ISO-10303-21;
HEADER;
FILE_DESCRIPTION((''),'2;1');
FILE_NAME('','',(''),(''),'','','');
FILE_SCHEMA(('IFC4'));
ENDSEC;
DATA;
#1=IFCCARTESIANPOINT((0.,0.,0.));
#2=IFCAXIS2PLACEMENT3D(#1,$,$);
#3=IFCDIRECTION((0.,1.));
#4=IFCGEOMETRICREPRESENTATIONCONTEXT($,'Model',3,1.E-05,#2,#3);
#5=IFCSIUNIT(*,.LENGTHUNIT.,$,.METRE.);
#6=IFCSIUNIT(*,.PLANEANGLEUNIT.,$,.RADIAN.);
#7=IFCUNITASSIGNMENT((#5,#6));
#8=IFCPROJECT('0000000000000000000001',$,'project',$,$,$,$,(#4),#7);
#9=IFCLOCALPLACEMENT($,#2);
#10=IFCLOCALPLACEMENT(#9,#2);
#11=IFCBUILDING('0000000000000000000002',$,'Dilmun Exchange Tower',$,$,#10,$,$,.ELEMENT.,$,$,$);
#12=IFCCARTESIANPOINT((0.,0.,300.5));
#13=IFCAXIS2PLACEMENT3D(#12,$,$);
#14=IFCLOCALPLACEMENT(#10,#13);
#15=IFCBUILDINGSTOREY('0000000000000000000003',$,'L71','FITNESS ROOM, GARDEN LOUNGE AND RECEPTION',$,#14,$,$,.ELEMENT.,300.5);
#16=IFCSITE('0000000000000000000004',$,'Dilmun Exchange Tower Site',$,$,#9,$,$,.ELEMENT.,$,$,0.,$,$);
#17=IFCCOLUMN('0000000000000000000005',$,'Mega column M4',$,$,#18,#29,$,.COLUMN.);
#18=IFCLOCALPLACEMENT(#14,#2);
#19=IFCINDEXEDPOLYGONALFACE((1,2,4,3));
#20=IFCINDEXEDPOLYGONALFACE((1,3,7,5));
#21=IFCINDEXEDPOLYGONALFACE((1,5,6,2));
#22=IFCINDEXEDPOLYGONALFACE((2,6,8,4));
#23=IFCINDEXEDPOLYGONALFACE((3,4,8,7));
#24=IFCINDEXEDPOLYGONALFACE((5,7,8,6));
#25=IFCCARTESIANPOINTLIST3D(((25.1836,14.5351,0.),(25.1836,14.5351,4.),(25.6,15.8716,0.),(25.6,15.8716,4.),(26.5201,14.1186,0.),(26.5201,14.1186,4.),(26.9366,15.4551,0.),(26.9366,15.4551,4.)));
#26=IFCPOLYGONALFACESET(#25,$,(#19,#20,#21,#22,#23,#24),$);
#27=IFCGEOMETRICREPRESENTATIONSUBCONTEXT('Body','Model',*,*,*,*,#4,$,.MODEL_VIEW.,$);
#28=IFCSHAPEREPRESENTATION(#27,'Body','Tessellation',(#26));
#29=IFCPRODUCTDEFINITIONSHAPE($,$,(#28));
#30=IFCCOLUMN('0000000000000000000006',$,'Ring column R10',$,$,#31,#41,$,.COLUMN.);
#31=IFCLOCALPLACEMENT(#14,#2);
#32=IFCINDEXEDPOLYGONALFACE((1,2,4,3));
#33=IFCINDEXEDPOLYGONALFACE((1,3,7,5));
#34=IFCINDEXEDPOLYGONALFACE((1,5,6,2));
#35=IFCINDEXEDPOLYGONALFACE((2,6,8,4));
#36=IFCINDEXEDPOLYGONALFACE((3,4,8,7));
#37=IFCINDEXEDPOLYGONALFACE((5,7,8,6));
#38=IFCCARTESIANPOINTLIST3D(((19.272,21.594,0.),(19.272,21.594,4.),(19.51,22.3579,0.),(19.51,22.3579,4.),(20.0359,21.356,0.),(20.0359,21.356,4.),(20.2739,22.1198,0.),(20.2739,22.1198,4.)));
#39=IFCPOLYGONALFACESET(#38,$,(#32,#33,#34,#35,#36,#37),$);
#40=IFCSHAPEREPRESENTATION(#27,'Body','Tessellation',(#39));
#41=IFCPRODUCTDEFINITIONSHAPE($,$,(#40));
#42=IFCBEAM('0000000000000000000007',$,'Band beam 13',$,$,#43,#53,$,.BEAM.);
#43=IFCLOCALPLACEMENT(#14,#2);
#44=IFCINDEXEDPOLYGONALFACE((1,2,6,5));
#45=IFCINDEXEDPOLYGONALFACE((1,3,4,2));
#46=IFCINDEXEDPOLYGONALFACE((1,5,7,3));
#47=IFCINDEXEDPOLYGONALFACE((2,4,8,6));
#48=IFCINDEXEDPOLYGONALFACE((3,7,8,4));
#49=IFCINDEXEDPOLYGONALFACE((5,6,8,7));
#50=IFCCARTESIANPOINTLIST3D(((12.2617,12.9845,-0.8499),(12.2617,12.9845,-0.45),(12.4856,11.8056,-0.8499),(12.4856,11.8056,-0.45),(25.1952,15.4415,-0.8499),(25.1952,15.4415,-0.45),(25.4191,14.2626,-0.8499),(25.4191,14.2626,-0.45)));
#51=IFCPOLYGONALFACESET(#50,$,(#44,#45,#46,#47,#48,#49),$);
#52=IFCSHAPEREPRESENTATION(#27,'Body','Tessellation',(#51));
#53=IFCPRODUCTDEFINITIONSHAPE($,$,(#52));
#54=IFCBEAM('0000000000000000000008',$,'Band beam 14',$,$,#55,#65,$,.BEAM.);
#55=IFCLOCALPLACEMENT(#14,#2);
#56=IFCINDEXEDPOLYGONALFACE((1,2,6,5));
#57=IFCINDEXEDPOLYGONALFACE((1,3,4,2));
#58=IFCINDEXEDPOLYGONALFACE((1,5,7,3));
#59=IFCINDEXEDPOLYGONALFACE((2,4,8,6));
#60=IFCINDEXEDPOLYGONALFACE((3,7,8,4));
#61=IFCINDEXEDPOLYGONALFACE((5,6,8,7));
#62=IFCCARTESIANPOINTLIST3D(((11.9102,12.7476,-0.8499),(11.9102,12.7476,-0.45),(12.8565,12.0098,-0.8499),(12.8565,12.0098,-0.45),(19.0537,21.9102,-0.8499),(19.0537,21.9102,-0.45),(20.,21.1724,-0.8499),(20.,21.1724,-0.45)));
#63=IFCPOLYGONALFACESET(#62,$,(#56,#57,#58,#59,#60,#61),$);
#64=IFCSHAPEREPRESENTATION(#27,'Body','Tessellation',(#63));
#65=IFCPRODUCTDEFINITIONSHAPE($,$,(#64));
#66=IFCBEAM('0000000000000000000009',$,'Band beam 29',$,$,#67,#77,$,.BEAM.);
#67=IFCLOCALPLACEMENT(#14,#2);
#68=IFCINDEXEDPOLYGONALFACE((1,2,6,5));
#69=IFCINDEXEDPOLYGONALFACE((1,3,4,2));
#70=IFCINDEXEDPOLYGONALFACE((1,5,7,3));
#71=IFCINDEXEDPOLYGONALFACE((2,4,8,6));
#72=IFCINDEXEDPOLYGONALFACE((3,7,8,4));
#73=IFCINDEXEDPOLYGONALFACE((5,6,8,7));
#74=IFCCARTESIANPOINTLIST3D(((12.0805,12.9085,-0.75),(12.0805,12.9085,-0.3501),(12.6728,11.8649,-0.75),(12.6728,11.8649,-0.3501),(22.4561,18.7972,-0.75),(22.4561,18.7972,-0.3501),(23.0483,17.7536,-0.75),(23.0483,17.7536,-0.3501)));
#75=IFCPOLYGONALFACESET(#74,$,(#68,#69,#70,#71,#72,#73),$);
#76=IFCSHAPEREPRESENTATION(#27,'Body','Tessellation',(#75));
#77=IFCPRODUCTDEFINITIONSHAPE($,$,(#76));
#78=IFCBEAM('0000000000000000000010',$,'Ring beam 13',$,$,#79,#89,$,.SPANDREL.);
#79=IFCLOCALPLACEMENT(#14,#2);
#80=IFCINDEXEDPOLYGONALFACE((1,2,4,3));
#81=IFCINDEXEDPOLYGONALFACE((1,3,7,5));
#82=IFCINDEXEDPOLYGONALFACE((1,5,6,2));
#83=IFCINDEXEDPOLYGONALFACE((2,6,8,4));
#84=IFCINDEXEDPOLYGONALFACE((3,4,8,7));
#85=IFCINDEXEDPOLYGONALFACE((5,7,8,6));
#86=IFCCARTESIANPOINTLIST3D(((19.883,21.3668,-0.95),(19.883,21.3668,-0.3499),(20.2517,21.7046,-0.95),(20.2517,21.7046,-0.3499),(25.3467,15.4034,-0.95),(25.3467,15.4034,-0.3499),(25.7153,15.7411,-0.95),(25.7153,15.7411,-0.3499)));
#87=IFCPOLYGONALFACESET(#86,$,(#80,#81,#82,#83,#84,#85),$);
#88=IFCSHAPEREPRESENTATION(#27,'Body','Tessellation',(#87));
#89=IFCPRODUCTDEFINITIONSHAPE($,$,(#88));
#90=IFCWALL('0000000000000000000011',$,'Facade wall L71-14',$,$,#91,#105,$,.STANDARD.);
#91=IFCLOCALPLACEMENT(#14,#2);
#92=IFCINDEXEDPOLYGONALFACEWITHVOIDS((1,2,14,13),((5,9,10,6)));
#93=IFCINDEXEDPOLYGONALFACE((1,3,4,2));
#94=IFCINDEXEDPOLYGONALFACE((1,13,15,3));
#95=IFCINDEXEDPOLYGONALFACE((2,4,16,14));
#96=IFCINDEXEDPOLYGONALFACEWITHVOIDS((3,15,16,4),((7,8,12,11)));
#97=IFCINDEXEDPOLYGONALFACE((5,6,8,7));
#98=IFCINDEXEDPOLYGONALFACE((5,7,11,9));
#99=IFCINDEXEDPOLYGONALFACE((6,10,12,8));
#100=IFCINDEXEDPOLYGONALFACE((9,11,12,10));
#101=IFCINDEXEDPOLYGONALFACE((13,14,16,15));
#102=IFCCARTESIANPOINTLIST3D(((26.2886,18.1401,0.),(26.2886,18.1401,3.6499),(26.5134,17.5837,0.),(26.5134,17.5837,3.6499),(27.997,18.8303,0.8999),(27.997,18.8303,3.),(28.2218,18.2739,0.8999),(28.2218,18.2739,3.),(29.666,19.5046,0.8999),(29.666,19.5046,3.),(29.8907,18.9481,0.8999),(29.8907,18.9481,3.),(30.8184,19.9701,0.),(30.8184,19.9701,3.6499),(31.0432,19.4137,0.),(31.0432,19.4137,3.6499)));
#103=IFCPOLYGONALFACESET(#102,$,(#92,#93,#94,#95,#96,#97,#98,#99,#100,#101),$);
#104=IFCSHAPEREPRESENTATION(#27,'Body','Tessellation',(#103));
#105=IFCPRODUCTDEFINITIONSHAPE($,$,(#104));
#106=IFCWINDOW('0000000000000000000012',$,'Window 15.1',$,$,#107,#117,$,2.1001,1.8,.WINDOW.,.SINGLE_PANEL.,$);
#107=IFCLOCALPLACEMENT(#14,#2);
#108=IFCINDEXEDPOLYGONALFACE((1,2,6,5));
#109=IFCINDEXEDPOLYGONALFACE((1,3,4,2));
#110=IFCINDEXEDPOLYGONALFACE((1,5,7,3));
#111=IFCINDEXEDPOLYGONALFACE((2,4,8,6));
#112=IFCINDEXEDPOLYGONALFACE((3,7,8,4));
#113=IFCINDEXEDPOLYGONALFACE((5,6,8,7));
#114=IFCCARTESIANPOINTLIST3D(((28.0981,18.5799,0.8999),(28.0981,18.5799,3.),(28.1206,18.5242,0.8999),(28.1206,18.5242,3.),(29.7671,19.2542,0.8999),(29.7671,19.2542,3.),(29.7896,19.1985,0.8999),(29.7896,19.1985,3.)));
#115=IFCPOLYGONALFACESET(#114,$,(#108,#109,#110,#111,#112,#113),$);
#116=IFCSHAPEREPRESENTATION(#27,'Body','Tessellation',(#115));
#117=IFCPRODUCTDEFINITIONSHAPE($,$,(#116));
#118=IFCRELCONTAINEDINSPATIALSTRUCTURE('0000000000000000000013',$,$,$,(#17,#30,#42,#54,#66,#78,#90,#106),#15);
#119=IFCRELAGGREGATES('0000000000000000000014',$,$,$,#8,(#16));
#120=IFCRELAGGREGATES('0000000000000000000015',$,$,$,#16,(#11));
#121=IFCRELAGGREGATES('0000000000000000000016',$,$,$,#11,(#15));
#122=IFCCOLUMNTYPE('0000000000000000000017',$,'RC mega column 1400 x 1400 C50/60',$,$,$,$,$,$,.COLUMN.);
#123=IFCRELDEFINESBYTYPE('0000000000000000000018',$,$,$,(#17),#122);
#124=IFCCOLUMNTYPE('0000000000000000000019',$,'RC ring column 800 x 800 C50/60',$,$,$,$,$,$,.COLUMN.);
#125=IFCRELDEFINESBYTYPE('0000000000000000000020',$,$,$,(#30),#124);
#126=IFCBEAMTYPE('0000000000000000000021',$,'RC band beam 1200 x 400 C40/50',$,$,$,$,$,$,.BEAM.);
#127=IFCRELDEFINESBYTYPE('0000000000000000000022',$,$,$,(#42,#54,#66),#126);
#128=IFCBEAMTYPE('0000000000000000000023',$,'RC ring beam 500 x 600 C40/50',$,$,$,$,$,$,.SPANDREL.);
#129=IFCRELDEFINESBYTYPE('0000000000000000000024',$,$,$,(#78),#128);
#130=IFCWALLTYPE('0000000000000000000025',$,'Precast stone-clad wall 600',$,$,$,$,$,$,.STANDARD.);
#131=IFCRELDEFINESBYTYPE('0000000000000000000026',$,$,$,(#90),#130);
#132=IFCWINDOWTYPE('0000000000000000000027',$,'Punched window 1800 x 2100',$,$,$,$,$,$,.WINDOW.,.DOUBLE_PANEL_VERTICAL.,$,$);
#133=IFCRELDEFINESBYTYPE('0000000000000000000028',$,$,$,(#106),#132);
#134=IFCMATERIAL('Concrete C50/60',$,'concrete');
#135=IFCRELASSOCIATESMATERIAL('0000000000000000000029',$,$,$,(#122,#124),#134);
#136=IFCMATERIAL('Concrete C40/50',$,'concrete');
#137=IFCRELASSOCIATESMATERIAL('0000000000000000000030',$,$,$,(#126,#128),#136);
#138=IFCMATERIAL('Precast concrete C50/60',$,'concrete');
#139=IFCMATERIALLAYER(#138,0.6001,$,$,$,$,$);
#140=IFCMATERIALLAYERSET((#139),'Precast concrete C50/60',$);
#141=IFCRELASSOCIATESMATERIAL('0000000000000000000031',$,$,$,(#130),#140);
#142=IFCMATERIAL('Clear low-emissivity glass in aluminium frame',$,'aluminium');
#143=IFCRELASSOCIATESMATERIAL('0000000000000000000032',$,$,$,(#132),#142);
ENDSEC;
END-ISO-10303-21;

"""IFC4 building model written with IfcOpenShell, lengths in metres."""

from ifc_helpers import new_model, si_unit, direction, frame, frame_2d, origin, origin_2d, place, context, subcontext, project, spatial, rectangle, extrude, material, layer, layer_set, material_profile, profile_set, type_object, element, fill, save


model = new_model("IFC4")

# Units and contexts
model_context = context("Model", 3, precision=1e-05, world=origin(), true_north=direction((0.0, 1.0)))
body_context = subcontext(model_context, "Body", "Model", "MODEL_VIEW")
ifc_project = project(units=[si_unit("LENGTHUNIT", "METRE"), si_unit("PLANEANGLEUNIT", "RADIAN")], contexts=[model_context])

# Site, building, storey
site_placement = place(None, origin())
site = spatial("IfcSite", under=ifc_project, at=site_placement, Name="Dilmun Exchange Tower Site", CompositionType="ELEMENT", RefElevation=0.0)
building_placement = place(site_placement, origin())
building = spatial("IfcBuilding", under=site, at=building_placement, Name="Dilmun Exchange Tower", CompositionType="ELEMENT")
storey_placement = place(building_placement, frame((0.0, 0.0, 300.5)))
storey = spatial("IfcBuildingStorey", under=building, at=storey_placement, Name="L71", Description="FITNESS ROOM, GARDEN LOUNGE AND RECEPTION", CompositionType="ELEMENT", Elevation=300.5)

# Columns
ifc_material_1 = material(Name="Concrete C50/60", Category="concrete")
ifc_material_profile_1 = material_profile(ifc_material_1, rectangle(XDim=1.3999, YDim=1.3999, at=origin_2d()), Name="1400 x 1400")
ifc_profile_set_1 = profile_set([ifc_material_profile_1], Name="Concrete C50/60")
column_type_1 = type_object("IfcColumnType", Name="RC mega column 1400 x 1400 C50/60", PredefinedType="COLUMN", material=ifc_profile_set_1)
column_1_placement = place(storey_placement, frame((26.0601, 14.9951, 0.0), z_axis=(0.0, 0.0, 1.0), x_axis=(0.297503, 0.954721, 0.0)))
element("IfcColumn", 1, at=column_1_placement, inside=storey, type_object=column_type_1, Name="Mega column M4", PredefinedType="COLUMN", context=body_context, shape_type="SweptSolid", body=[
    extrude(rectangle(XDim=1.3999, YDim=1.3999, at=origin_2d()), origin(), (0.0, 0.0, 1.0), 4.0),
])
ifc_material_profile_2 = material_profile(ifc_material_1, rectangle(XDim=0.8, YDim=0.8, at=origin_2d()), Name="800 x 800")
ifc_profile_set_2 = profile_set([ifc_material_profile_2], Name="Concrete C50/60")
column_type_2 = type_object("IfcColumnType", Name="RC ring column 800 x 800 C50/60", PredefinedType="COLUMN", material=ifc_profile_set_2)
column_2_placement = place(storey_placement, frame((19.7729, 21.8569, 0.0), z_axis=(0.0, 0.0, 1.0), x_axis=(0.297503, 0.954721, 0.0)))
element("IfcColumn", 2, at=column_2_placement, inside=storey, type_object=column_type_2, Name="Ring column R10", PredefinedType="COLUMN", context=body_context, shape_type="SweptSolid", body=[
    extrude(rectangle(XDim=0.8, YDim=0.8, at=origin_2d()), origin(), (0.0, 0.0, 1.0), 4.0),
])

# Beams
ifc_material_2 = material(Name="Concrete C40/50", Category="concrete")
ifc_material_profile_3 = material_profile(ifc_material_2, rectangle(XDim=1.2, YDim=0.3999, at=origin_2d()), Name="1200 x 400")
ifc_profile_set_3 = profile_set([ifc_material_profile_3], Name="Concrete C40/50")
beam_type_1 = type_object("IfcBeamType", Name="RC band beam 1200 x 400 C40/50", PredefinedType="BEAM", material=ifc_profile_set_3)
beam_1_placement = place(storey_placement, frame((25.3071, 14.8521, -0.6499), z_axis=(-0.982429, -0.186635, 0.0), x_axis=(0.186635, -0.982429, 0.0)))
element("IfcBeam", 3, at=beam_1_placement, inside=storey, type_object=beam_type_1, Name="Band beam 13", PredefinedType="BEAM", context=body_context, shape_type="SweptSolid", body=[
    extrude(rectangle(XDim=1.2, YDim=0.3999, at=origin_2d()), origin(), (0.0, 0.0, 1.0), 13.1648),
])
beam_2_placement = place(storey_placement, frame((19.5269, 21.5413, -0.6499), z_axis=(-0.614857, -0.788639, 0.0), x_axis=(0.788639, -0.614857, 0.0)))
element("IfcBeam", 4, at=beam_2_placement, inside=storey, type_object=beam_type_1, Name="Band beam 14", PredefinedType="BEAM", context=body_context, shape_type="SweptSolid", body=[
    extrude(rectangle(XDim=1.2, YDim=0.3999, at=origin_2d()), origin(), (0.0, 0.0, 1.0), 11.6182),
])
beam_3_placement = place(storey_placement, frame((22.7522, 18.2754, -0.55), z_axis=(-0.86969, -0.493598, 0.0), x_axis=(0.493598, -0.86969, 0.0)))
element("IfcBeam", 5, at=beam_3_placement, inside=storey, type_object=beam_type_1, Name="Band beam 29", PredefinedType="BEAM", context=body_context, shape_type="SweptSolid", body=[
    extrude(rectangle(XDim=1.2, YDim=0.3999, at=origin_2d()), origin(), (0.0, 0.0, 1.0), 11.9302),
])
ifc_material_profile_4 = material_profile(ifc_material_2, rectangle(XDim=0.5, YDim=0.6001, at=origin_2d()), Name="500 x 600")
ifc_profile_set_4 = profile_set([ifc_material_profile_4], Name="Concrete C40/50")
beam_type_2 = type_object("IfcBeamType", Name="RC ring beam 500 x 600 C40/50", PredefinedType="SPANDREL", material=ifc_profile_set_4)
beam_4_placement = place(storey_placement, frame((25.531, 15.5723, -0.6499), z_axis=(-0.675536, 0.737327, 0.0), x_axis=(-0.737327, -0.675536, 0.0)))
element("IfcBeam", 6, at=beam_4_placement, inside=storey, type_object=beam_type_2, Name="Ring beam 13", PredefinedType="SPANDREL", context=body_context, shape_type="SweptSolid", body=[
    extrude(rectangle(XDim=0.5, YDim=0.6001, at=origin_2d()), origin(), (0.0, 0.0, 1.0), 8.0879),
])

# Wall, opening, window
ifc_material_3 = material(Name="Precast concrete C50/60", Category="concrete")
ifc_layer = layer(ifc_material_3, 0.6001)
ifc_layer_set = layer_set([ifc_layer], Name="Precast concrete C50/60")
wall_type = type_object("IfcWallType", Name="Precast stone-clad wall 600", PredefinedType="STANDARD", material=ifc_layer_set)
wall_1_placement = place(storey_placement, frame((26.4009, 17.8618, 0.0), z_axis=(0.0, 0.0, 1.0), x_axis=(0.927189, 0.374594, 0.0)))
wall_1 = element("IfcWall", 7, at=wall_1_placement, inside=storey, type_object=wall_type, Name="Facade wall L71-14", PredefinedType="STANDARD", context=body_context, shape_type="SweptSolid", body=[
    extrude(rectangle(XDim=4.8855, YDim=0.6001, at=frame_2d((2.4429, 0.0))), origin(), (0.0, 0.0, 1.0), 3.6499),
])
opening_1_placement = place(wall_1_placement, frame((1.8428, 0.0, 0.8999)))
opening_1 = element("IfcOpeningElement", 8, at=opening_1_placement, cuts=wall_1, PredefinedType="OPENING", context=body_context, shape_type="SweptSolid", body=[
    extrude(rectangle(XDim=1.8, YDim=2.1001, at=frame_2d((0.8999, 1.05))), frame((0.0, 0.3101, 0.0), z_axis=(0.0, -1.0, 0.0), x_axis=(1.0, 0.0, 0.0)), (0.0, 0.0, 1.0), 0.6201),
])
ifc_material_4 = material(Name="Clear low-emissivity glass in aluminium frame", Category="aluminium")
window_type_1 = type_object("IfcWindowType", Name="Punched window 1800 x 2100", PartitioningType="DOUBLE_PANEL_VERTICAL", PredefinedType="WINDOW", material=ifc_material_4)
window_1_placement = place(opening_1_placement, origin())
window_1 = element("IfcWindow", 9, at=window_1_placement, inside=storey, type_object=window_type_1, Name="Window 15.1", OverallHeight=2.1001, OverallWidth=1.8, PartitioningType="SINGLE_PANEL", PredefinedType="WINDOW", context=body_context, shape_type="SweptSolid", body=[
    extrude(rectangle(XDim=1.8, YDim=2.1001, at=frame_2d((0.8999, 1.05))), frame((0.0, 0.03, 0.0), z_axis=(0.0, -1.0, 0.0), x_axis=(1.0, 0.0, 0.0)), (0.0, 0.0, 1.0), 0.0601),
])
fill(opening_1, window_1)

save(model, "model.ifc")
